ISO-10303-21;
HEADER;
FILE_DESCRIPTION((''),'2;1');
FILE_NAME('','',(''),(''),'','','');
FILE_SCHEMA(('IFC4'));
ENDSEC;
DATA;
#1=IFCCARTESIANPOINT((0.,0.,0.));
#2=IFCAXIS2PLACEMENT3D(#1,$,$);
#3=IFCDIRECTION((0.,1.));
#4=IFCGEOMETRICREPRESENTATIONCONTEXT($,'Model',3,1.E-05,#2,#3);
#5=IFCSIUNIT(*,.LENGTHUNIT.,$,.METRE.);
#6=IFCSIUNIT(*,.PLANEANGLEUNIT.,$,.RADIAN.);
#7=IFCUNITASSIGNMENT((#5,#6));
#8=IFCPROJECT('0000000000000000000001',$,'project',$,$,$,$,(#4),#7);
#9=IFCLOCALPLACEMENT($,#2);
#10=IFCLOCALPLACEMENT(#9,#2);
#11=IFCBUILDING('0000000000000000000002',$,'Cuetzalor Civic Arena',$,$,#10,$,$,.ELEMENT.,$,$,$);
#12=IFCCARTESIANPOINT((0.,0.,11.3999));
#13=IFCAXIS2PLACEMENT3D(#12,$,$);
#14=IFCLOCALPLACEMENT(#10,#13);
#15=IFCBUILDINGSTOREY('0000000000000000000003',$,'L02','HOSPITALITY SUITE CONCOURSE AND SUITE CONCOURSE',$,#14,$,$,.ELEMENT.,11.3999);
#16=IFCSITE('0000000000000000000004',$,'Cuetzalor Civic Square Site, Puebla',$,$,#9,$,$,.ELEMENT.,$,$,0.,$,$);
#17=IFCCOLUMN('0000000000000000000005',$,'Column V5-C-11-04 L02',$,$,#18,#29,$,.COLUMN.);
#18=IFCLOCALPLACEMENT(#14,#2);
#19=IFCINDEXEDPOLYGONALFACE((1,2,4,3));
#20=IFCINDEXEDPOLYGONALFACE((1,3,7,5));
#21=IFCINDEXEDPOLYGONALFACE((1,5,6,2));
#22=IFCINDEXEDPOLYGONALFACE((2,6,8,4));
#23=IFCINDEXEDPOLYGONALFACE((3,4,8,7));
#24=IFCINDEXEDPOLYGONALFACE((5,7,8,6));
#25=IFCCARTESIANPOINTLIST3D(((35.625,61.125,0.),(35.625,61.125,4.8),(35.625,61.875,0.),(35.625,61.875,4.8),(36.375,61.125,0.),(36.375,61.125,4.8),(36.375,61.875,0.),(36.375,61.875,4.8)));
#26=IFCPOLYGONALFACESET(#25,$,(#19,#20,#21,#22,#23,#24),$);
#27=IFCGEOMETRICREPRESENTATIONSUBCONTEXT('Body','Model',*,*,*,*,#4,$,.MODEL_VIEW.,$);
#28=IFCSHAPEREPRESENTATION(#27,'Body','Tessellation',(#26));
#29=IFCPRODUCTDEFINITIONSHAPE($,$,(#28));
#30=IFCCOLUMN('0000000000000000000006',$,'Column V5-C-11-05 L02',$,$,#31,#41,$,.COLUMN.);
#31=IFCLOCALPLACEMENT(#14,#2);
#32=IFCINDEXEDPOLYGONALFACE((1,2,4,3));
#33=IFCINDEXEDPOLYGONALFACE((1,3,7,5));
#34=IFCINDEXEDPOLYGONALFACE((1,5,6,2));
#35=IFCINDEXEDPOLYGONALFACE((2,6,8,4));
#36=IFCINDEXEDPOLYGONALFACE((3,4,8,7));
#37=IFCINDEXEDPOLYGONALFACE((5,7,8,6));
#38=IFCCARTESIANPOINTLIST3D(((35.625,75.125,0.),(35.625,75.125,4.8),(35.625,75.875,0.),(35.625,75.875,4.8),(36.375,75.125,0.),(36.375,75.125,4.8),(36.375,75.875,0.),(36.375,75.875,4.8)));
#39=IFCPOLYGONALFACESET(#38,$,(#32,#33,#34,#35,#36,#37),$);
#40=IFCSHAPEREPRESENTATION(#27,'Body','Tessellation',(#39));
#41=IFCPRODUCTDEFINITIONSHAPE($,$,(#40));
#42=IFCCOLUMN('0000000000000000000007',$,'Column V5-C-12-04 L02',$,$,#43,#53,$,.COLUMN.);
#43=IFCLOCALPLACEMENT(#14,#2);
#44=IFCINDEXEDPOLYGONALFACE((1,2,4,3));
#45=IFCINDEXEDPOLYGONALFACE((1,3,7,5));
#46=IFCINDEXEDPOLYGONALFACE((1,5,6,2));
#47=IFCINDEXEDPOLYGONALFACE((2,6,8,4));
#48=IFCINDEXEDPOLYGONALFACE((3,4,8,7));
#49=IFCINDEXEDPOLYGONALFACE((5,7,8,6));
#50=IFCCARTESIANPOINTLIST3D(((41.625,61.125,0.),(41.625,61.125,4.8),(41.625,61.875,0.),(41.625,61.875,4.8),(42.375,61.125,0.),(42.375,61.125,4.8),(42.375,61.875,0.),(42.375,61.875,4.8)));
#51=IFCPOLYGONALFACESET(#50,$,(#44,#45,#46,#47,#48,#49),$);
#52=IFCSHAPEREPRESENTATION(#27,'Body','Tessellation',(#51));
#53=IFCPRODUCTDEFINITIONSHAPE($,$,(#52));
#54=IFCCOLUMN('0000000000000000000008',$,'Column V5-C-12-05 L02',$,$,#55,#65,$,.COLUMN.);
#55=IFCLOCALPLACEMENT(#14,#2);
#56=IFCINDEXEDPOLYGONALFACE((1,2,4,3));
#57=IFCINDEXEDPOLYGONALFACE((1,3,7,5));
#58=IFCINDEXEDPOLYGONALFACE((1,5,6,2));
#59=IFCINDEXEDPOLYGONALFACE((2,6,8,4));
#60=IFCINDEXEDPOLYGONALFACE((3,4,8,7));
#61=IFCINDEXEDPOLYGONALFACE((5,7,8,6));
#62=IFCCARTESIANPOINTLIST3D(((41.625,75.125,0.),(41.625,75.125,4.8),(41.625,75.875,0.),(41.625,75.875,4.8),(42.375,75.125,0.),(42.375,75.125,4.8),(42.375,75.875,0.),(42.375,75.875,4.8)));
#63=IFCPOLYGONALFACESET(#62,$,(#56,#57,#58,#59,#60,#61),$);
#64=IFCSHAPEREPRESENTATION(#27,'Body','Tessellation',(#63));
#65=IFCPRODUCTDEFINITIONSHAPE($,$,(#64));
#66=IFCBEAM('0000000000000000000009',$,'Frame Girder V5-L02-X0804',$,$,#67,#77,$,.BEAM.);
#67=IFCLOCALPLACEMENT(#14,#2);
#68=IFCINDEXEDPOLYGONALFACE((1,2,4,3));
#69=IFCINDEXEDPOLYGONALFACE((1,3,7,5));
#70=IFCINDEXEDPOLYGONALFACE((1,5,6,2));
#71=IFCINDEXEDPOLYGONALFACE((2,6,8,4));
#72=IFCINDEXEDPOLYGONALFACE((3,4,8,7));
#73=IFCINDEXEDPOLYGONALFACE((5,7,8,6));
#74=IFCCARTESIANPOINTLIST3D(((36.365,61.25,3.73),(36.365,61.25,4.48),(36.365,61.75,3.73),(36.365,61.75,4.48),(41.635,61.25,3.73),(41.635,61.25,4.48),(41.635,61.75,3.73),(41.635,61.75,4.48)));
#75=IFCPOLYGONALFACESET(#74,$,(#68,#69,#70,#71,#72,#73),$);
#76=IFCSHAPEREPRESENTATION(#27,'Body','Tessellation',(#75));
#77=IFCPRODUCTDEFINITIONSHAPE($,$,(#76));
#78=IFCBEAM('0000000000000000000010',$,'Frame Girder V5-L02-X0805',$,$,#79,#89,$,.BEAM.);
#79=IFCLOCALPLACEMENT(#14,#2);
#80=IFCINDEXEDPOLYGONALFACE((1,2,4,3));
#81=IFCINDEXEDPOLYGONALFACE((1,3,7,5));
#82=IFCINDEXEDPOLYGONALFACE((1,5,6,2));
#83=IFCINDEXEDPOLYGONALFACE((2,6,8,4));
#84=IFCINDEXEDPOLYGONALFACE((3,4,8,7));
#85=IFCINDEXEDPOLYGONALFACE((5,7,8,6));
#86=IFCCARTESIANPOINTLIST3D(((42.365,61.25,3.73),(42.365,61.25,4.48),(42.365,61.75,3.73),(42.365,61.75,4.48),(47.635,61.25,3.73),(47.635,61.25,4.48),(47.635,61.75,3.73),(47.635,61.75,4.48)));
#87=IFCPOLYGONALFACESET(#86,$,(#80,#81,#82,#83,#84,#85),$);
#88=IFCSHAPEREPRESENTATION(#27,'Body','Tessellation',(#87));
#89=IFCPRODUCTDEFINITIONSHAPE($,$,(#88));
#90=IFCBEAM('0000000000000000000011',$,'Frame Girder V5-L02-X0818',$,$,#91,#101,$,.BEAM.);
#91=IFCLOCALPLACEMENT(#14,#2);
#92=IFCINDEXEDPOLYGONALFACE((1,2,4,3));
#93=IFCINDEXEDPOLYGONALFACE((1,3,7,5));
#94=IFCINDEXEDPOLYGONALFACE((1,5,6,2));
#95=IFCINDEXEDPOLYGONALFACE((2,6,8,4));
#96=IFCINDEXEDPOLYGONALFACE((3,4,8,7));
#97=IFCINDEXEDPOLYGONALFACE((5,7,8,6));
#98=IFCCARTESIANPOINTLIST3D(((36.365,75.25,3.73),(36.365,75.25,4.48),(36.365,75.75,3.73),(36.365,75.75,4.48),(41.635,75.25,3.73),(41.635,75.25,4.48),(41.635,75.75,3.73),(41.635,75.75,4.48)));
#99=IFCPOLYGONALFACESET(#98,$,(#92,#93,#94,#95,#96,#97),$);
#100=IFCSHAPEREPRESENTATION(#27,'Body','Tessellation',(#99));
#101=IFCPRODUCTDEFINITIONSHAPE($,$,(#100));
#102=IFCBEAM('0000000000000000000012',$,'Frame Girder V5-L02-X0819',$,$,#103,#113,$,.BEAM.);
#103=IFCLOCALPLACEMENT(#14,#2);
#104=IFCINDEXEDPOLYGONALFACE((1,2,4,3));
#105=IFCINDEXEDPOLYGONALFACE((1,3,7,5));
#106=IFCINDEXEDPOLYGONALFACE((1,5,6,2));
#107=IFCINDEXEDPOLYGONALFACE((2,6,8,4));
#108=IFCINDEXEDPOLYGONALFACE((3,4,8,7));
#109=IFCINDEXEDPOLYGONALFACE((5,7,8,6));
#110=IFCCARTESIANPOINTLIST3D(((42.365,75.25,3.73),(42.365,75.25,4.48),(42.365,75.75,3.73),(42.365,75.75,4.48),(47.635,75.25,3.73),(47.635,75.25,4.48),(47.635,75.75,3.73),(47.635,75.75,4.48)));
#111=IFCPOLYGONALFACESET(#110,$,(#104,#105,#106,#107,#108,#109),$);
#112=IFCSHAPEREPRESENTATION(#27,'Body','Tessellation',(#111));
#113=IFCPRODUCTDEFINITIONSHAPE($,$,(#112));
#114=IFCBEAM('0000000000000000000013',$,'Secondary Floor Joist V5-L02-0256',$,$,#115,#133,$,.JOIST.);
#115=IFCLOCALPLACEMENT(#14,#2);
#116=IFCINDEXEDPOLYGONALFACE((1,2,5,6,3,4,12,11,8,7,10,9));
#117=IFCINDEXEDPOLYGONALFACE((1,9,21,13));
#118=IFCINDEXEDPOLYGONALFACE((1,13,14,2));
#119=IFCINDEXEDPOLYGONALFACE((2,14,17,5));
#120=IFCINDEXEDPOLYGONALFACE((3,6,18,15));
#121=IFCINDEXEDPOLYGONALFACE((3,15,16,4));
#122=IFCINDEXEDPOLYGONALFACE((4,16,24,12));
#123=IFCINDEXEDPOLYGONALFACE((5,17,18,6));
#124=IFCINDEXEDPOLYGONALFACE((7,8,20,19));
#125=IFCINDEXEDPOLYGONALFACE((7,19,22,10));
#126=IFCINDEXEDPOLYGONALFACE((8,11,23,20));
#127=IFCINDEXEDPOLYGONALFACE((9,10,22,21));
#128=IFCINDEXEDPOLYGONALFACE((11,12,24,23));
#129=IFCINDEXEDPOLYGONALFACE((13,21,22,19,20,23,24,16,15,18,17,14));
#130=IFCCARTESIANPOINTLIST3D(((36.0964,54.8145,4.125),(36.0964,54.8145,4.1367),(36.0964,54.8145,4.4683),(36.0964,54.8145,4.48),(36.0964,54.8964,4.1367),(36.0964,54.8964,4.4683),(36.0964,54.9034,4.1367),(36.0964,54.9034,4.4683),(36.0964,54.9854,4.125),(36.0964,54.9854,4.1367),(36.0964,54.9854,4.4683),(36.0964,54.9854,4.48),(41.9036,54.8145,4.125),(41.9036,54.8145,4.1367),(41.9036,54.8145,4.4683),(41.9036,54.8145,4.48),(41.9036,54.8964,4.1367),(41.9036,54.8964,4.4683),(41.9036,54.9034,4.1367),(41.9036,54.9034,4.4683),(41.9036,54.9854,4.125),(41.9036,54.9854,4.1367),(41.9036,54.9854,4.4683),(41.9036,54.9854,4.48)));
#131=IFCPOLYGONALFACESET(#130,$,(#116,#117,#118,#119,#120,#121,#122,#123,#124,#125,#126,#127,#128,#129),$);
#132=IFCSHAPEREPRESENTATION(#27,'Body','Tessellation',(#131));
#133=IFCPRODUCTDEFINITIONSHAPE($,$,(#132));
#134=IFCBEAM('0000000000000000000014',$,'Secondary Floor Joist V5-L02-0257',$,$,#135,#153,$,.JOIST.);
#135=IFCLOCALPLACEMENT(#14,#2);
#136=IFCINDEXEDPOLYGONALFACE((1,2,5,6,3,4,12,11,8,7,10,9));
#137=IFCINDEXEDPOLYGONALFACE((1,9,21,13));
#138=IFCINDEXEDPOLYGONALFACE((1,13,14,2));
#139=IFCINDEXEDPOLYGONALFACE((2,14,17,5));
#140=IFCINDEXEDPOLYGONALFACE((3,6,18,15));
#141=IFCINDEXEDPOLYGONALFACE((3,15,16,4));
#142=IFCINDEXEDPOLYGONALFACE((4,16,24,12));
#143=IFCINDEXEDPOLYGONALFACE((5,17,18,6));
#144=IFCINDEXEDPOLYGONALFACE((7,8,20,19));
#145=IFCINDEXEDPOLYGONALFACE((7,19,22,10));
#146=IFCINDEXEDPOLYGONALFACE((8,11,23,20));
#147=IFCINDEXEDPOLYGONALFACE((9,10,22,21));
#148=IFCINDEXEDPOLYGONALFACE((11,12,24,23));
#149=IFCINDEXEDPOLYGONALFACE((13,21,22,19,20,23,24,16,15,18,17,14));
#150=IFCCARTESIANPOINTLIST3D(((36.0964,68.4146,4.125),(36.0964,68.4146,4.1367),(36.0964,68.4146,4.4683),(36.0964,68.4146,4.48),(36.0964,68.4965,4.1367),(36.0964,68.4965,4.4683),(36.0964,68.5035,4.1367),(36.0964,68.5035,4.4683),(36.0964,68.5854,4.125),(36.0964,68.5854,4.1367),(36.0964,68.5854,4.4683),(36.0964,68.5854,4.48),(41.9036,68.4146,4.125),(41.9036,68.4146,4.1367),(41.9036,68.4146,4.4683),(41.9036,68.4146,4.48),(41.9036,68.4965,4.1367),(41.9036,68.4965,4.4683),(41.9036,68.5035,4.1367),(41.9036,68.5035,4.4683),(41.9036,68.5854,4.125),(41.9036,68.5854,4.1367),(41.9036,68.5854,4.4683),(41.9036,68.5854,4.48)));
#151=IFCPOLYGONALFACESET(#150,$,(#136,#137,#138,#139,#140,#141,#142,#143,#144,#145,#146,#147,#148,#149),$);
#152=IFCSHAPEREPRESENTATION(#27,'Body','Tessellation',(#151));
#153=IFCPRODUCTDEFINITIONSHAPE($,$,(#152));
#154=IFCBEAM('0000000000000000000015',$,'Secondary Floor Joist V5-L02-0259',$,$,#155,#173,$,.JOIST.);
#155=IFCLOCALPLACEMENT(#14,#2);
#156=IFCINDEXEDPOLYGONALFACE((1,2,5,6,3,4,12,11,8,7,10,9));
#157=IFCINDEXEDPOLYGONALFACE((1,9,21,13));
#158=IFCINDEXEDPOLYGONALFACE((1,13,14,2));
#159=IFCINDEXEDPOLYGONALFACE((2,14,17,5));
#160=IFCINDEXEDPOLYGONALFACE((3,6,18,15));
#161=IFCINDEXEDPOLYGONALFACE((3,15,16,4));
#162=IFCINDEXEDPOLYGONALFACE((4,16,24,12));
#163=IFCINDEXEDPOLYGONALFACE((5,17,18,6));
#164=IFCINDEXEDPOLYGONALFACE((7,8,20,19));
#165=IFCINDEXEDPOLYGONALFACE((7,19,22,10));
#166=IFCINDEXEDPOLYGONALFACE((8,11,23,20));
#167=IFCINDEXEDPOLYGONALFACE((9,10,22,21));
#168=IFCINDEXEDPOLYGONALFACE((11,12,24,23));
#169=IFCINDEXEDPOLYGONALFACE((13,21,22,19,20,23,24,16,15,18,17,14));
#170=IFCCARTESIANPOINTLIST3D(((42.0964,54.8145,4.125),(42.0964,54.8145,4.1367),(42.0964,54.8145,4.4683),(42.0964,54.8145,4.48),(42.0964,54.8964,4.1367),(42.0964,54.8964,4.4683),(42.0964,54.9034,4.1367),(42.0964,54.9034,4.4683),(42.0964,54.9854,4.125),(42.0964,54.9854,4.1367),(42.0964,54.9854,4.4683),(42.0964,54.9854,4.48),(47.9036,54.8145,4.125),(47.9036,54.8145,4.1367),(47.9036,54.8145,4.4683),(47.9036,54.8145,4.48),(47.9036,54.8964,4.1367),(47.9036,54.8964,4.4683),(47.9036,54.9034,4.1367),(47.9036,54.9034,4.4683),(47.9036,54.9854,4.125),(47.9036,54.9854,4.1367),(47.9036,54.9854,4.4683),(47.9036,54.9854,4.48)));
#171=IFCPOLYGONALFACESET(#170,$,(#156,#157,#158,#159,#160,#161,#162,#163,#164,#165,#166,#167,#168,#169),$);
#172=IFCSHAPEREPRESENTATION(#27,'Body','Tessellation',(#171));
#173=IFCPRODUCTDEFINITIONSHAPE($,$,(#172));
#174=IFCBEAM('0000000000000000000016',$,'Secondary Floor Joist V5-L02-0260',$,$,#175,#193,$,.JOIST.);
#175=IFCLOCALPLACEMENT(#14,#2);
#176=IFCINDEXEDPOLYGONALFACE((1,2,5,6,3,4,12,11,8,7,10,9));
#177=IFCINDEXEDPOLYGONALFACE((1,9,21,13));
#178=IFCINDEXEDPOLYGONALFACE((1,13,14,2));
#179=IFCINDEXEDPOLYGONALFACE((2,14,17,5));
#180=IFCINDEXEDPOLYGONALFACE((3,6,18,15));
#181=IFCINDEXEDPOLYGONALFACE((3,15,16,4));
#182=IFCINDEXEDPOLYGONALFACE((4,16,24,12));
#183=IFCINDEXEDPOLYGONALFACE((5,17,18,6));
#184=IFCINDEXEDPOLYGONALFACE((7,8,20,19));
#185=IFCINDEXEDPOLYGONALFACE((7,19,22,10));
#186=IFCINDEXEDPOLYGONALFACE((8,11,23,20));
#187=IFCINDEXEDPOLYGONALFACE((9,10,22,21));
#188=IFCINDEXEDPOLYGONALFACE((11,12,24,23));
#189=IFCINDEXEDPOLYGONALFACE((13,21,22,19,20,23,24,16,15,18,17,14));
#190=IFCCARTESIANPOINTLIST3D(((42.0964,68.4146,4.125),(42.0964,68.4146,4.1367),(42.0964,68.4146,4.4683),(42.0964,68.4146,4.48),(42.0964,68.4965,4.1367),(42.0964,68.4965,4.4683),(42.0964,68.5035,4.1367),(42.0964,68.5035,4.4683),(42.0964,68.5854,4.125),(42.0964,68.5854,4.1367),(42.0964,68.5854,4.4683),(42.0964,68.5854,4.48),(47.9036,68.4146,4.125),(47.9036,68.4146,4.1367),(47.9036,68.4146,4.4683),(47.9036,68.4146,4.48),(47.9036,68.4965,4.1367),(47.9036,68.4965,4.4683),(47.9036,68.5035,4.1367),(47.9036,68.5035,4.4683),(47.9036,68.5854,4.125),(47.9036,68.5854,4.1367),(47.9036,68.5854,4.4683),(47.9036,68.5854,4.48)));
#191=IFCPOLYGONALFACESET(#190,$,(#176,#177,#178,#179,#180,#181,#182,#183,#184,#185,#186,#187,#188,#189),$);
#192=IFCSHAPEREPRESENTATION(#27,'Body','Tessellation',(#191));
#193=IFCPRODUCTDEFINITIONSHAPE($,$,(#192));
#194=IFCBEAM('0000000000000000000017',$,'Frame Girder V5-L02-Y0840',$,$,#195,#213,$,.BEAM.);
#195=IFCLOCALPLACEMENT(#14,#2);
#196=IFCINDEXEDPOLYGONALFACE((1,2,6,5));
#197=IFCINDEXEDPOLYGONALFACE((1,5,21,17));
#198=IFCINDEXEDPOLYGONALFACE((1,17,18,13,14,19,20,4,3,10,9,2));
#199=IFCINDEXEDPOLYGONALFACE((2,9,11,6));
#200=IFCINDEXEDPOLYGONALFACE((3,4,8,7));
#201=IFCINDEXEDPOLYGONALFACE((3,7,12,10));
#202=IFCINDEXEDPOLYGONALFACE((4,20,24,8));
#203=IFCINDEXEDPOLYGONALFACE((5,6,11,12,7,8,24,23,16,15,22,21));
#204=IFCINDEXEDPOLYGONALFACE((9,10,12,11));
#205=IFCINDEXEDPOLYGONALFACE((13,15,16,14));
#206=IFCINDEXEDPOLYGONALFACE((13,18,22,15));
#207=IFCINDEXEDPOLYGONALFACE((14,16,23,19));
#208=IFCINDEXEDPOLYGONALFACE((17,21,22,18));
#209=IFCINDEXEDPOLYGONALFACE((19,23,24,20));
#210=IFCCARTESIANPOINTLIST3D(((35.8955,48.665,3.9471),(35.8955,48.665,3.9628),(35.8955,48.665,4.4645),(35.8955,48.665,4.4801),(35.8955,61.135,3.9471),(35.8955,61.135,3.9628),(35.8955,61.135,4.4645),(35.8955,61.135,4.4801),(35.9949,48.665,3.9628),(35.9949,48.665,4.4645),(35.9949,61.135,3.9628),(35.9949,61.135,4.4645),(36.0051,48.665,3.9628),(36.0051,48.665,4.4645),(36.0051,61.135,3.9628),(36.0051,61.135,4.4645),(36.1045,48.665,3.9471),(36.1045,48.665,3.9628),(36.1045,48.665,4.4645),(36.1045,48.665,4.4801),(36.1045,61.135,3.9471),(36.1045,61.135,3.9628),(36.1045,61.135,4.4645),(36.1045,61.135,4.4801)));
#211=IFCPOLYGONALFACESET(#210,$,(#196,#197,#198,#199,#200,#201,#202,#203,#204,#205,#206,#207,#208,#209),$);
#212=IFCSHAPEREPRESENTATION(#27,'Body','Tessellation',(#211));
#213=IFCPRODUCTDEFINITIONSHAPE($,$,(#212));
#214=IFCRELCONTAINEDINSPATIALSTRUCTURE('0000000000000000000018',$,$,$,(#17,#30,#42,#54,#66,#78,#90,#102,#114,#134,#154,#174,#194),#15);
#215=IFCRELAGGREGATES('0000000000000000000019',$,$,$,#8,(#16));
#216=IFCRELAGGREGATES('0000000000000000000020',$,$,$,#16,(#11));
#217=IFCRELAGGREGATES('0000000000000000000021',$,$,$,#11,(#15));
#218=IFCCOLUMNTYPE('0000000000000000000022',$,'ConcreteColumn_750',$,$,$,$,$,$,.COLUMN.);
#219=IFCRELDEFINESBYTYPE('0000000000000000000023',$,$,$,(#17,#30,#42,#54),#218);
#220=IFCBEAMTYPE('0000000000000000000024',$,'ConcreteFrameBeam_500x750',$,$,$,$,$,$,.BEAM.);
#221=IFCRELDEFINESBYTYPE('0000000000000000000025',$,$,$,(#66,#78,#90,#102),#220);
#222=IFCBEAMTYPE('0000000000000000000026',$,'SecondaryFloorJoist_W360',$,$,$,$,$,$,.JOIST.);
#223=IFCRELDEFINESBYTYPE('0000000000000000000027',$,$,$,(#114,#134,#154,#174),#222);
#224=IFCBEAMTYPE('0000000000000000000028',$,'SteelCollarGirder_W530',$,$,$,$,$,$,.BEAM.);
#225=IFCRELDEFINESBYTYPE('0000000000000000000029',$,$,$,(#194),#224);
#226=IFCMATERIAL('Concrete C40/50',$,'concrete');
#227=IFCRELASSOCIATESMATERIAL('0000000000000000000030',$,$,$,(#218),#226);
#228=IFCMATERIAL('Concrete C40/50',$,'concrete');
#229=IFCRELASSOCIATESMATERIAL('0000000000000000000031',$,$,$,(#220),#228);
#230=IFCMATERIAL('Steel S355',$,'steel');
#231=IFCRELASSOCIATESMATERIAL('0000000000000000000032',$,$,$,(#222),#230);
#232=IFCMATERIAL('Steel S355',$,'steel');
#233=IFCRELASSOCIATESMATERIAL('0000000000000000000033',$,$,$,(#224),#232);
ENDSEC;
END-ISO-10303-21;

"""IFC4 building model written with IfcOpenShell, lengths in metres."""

from ifc_helpers import new_model, si_unit, direction, frame, origin, origin_2d, place, context, subcontext, project, spatial, rectangle, i_section, extrude, material, material_profile, profile_set, type_object, element, save


model = new_model("IFC4")

# Units and contexts
model_context = context("Model", 3, precision=1e-05, world=origin(), true_north=direction((0.0, 1.0)))
body_context = subcontext(model_context, "Body", "Model", "MODEL_VIEW")
ifc_project = project(units=[si_unit("LENGTHUNIT", "METRE"), si_unit("PLANEANGLEUNIT", "RADIAN")], contexts=[model_context])

# Site, building, storey
site_placement = place(None, origin())
site = spatial("IfcSite", under=ifc_project, at=site_placement, Name="Cuetzalor Civic Square Site, Puebla", CompositionType="ELEMENT", RefElevation=0.0)
building_placement = place(site_placement, origin())
building = spatial("IfcBuilding", under=site, at=building_placement, Name="Cuetzalor Civic Arena", CompositionType="ELEMENT")
storey_placement = place(building_placement, frame((0.0, 0.0, 11.3999)))
storey = spatial("IfcBuildingStorey", under=building, at=storey_placement, Name="L02", Description="HOSPITALITY SUITE CONCOURSE AND SUITE CONCOURSE", CompositionType="ELEMENT", Elevation=11.3999)

# Columns
ifc_material_1 = material(Name="Concrete C40/50", Category="concrete")
ifc_material_profile_1 = material_profile(ifc_material_1, rectangle(XDim=0.75, YDim=0.75, at=origin_2d()), Name="RC 750x750")
ifc_profile_set_1 = profile_set([ifc_material_profile_1], Name="Concrete C40/50")
column_type = type_object("IfcColumnType", Name="ConcreteColumn_750", PredefinedType="COLUMN", material=ifc_profile_set_1)
for number, where, z_axis, x_axis, name in (
    (1, (36.0, 61.5, 0.0), (0.0, 0.0, 1.0), (1.0, 0.0, 0.0), "Column V5-C-11-04 L02"),
    (2, (36.0, 75.5, 0.0), (0.0, 0.0, 1.0), (1.0, 0.0, 0.0), "Column V5-C-11-05 L02"),
    (3, (42.0, 61.5, 0.0), (0.0, 0.0, 1.0), (1.0, 0.0, 0.0), "Column V5-C-12-04 L02"),
    (4, (42.0, 75.5, 0.0), (0.0, 0.0, 1.0), (1.0, 0.0, 0.0), "Column V5-C-12-05 L02"),
):
    element("IfcColumn", number, at=place(storey_placement, frame(where, z_axis=z_axis, x_axis=x_axis)), inside=storey, type_object=column_type, Name=name, PredefinedType="COLUMN", context=body_context, shape_type="SweptSolid", body=[
        extrude(rectangle(XDim=0.75, YDim=0.75, at=origin_2d()), origin(), (0.0, 0.0, 1.0), 4.8),
    ])

# Beams
ifc_material_2 = material(Name="Concrete C40/50", Category="concrete")
ifc_material_profile_2 = material_profile(ifc_material_2, rectangle(XDim=0.5, YDim=0.75, at=origin_2d()), Name="RC 500x750")
ifc_profile_set_2 = profile_set([ifc_material_profile_2], Name="Concrete C40/50")
beam_type_1 = type_object("IfcBeamType", Name="ConcreteFrameBeam_500x750", PredefinedType="BEAM", material=ifc_profile_set_2)
for number, where, z_axis, x_axis, name in (
    (5, (36.365, 61.5, 4.105), (1.0, 0.0, 0.0), (0.0, 1.0, 0.0), "Frame Girder V5-L02-X0804"),
    (6, (42.365, 61.5, 4.105), (1.0, 0.0, 0.0), (0.0, 1.0, 0.0), "Frame Girder V5-L02-X0805"),
    (7, (36.365, 75.5, 4.105), (1.0, 0.0, 0.0), (0.0, 1.0, 0.0), "Frame Girder V5-L02-X0818"),
    (8, (42.365, 75.5, 4.105), (1.0, 0.0, 0.0), (0.0, 1.0, 0.0), "Frame Girder V5-L02-X0819"),
):
    element("IfcBeam", number, at=place(storey_placement, frame(where, z_axis=z_axis, x_axis=x_axis)), inside=storey, type_object=beam_type_1, Name=name, PredefinedType="BEAM", context=body_context, shape_type="SweptSolid", body=[
        extrude(rectangle(XDim=0.5, YDim=0.75, at=origin_2d()), origin(), (0.0, 0.0, 1.0), 5.27),
    ])
ifc_material_3 = material(Name="Steel S355", Category="steel")
ifc_material_profile_3 = material_profile(ifc_material_3, i_section(OverallWidth=0.1709, OverallDepth=0.355, WebThickness=0.0071, FlangeThickness=0.0117, at=origin_2d()), Name="W360x51")
ifc_profile_set_3 = profile_set([ifc_material_profile_3], Name="Steel S355")
beam_type_2 = type_object("IfcBeamType", Name="SecondaryFloorJoist_W360", PredefinedType="JOIST", material=ifc_profile_set_3)
for number, where, z_axis, x_axis, name in (
    (9, (36.0964, 54.8999, 4.3025), (1.0, 0.0, 0.0), (0.0, 1.0, 0.0), "Secondary Floor Joist V5-L02-0256"),
    (10, (36.0964, 68.5, 4.3025), (1.0, 0.0, 0.0), (0.0, 1.0, 0.0), "Secondary Floor Joist V5-L02-0257"),
    (11, (42.0964, 54.8999, 4.3025), (1.0, 0.0, 0.0), (0.0, 1.0, 0.0), "Secondary Floor Joist V5-L02-0259"),
    (12, (42.0964, 68.5, 4.3025), (1.0, 0.0, 0.0), (0.0, 1.0, 0.0), "Secondary Floor Joist V5-L02-0260"),
):
    element("IfcBeam", number, at=place(storey_placement, frame(where, z_axis=z_axis, x_axis=x_axis)), inside=storey, type_object=beam_type_2, Name=name, PredefinedType="JOIST", context=body_context, shape_type="SweptSolid", body=[
        extrude(i_section(OverallWidth=0.1709, OverallDepth=0.355, WebThickness=0.0071, FlangeThickness=0.0117, at=origin_2d()), origin(), (0.0, 0.0, 1.0), 5.8071),
    ])
ifc_material_4 = material(Name="Steel S355", Category="steel")
ifc_material_profile_4 = material_profile(ifc_material_4, i_section(OverallWidth=0.209, OverallDepth=0.533, WebThickness=0.0103, FlangeThickness=0.0156, at=origin_2d()), Name="W530x92")
ifc_profile_set_4 = profile_set([ifc_material_profile_4], Name="Steel S355")
beam_type_3 = type_object("IfcBeamType", Name="SteelCollarGirder_W530", PredefinedType="BEAM", material=ifc_profile_set_4)
beam_1_placement = place(storey_placement, frame((36.0, 48.665, 4.2136), z_axis=(0.0, 1.0, 0.0), x_axis=(-1.0, 0.0, 0.0)))
element("IfcBeam", 13, at=beam_1_placement, inside=storey, type_object=beam_type_3, Name="Frame Girder V5-L02-Y0840", PredefinedType="BEAM", context=body_context, shape_type="SweptSolid", body=[
    extrude(i_section(OverallWidth=0.209, OverallDepth=0.533, WebThickness=0.0103, FlangeThickness=0.0156, at=origin_2d()), origin(), (0.0, 0.0, 1.0), 12.47),
])

save(model, "model.ifc")
